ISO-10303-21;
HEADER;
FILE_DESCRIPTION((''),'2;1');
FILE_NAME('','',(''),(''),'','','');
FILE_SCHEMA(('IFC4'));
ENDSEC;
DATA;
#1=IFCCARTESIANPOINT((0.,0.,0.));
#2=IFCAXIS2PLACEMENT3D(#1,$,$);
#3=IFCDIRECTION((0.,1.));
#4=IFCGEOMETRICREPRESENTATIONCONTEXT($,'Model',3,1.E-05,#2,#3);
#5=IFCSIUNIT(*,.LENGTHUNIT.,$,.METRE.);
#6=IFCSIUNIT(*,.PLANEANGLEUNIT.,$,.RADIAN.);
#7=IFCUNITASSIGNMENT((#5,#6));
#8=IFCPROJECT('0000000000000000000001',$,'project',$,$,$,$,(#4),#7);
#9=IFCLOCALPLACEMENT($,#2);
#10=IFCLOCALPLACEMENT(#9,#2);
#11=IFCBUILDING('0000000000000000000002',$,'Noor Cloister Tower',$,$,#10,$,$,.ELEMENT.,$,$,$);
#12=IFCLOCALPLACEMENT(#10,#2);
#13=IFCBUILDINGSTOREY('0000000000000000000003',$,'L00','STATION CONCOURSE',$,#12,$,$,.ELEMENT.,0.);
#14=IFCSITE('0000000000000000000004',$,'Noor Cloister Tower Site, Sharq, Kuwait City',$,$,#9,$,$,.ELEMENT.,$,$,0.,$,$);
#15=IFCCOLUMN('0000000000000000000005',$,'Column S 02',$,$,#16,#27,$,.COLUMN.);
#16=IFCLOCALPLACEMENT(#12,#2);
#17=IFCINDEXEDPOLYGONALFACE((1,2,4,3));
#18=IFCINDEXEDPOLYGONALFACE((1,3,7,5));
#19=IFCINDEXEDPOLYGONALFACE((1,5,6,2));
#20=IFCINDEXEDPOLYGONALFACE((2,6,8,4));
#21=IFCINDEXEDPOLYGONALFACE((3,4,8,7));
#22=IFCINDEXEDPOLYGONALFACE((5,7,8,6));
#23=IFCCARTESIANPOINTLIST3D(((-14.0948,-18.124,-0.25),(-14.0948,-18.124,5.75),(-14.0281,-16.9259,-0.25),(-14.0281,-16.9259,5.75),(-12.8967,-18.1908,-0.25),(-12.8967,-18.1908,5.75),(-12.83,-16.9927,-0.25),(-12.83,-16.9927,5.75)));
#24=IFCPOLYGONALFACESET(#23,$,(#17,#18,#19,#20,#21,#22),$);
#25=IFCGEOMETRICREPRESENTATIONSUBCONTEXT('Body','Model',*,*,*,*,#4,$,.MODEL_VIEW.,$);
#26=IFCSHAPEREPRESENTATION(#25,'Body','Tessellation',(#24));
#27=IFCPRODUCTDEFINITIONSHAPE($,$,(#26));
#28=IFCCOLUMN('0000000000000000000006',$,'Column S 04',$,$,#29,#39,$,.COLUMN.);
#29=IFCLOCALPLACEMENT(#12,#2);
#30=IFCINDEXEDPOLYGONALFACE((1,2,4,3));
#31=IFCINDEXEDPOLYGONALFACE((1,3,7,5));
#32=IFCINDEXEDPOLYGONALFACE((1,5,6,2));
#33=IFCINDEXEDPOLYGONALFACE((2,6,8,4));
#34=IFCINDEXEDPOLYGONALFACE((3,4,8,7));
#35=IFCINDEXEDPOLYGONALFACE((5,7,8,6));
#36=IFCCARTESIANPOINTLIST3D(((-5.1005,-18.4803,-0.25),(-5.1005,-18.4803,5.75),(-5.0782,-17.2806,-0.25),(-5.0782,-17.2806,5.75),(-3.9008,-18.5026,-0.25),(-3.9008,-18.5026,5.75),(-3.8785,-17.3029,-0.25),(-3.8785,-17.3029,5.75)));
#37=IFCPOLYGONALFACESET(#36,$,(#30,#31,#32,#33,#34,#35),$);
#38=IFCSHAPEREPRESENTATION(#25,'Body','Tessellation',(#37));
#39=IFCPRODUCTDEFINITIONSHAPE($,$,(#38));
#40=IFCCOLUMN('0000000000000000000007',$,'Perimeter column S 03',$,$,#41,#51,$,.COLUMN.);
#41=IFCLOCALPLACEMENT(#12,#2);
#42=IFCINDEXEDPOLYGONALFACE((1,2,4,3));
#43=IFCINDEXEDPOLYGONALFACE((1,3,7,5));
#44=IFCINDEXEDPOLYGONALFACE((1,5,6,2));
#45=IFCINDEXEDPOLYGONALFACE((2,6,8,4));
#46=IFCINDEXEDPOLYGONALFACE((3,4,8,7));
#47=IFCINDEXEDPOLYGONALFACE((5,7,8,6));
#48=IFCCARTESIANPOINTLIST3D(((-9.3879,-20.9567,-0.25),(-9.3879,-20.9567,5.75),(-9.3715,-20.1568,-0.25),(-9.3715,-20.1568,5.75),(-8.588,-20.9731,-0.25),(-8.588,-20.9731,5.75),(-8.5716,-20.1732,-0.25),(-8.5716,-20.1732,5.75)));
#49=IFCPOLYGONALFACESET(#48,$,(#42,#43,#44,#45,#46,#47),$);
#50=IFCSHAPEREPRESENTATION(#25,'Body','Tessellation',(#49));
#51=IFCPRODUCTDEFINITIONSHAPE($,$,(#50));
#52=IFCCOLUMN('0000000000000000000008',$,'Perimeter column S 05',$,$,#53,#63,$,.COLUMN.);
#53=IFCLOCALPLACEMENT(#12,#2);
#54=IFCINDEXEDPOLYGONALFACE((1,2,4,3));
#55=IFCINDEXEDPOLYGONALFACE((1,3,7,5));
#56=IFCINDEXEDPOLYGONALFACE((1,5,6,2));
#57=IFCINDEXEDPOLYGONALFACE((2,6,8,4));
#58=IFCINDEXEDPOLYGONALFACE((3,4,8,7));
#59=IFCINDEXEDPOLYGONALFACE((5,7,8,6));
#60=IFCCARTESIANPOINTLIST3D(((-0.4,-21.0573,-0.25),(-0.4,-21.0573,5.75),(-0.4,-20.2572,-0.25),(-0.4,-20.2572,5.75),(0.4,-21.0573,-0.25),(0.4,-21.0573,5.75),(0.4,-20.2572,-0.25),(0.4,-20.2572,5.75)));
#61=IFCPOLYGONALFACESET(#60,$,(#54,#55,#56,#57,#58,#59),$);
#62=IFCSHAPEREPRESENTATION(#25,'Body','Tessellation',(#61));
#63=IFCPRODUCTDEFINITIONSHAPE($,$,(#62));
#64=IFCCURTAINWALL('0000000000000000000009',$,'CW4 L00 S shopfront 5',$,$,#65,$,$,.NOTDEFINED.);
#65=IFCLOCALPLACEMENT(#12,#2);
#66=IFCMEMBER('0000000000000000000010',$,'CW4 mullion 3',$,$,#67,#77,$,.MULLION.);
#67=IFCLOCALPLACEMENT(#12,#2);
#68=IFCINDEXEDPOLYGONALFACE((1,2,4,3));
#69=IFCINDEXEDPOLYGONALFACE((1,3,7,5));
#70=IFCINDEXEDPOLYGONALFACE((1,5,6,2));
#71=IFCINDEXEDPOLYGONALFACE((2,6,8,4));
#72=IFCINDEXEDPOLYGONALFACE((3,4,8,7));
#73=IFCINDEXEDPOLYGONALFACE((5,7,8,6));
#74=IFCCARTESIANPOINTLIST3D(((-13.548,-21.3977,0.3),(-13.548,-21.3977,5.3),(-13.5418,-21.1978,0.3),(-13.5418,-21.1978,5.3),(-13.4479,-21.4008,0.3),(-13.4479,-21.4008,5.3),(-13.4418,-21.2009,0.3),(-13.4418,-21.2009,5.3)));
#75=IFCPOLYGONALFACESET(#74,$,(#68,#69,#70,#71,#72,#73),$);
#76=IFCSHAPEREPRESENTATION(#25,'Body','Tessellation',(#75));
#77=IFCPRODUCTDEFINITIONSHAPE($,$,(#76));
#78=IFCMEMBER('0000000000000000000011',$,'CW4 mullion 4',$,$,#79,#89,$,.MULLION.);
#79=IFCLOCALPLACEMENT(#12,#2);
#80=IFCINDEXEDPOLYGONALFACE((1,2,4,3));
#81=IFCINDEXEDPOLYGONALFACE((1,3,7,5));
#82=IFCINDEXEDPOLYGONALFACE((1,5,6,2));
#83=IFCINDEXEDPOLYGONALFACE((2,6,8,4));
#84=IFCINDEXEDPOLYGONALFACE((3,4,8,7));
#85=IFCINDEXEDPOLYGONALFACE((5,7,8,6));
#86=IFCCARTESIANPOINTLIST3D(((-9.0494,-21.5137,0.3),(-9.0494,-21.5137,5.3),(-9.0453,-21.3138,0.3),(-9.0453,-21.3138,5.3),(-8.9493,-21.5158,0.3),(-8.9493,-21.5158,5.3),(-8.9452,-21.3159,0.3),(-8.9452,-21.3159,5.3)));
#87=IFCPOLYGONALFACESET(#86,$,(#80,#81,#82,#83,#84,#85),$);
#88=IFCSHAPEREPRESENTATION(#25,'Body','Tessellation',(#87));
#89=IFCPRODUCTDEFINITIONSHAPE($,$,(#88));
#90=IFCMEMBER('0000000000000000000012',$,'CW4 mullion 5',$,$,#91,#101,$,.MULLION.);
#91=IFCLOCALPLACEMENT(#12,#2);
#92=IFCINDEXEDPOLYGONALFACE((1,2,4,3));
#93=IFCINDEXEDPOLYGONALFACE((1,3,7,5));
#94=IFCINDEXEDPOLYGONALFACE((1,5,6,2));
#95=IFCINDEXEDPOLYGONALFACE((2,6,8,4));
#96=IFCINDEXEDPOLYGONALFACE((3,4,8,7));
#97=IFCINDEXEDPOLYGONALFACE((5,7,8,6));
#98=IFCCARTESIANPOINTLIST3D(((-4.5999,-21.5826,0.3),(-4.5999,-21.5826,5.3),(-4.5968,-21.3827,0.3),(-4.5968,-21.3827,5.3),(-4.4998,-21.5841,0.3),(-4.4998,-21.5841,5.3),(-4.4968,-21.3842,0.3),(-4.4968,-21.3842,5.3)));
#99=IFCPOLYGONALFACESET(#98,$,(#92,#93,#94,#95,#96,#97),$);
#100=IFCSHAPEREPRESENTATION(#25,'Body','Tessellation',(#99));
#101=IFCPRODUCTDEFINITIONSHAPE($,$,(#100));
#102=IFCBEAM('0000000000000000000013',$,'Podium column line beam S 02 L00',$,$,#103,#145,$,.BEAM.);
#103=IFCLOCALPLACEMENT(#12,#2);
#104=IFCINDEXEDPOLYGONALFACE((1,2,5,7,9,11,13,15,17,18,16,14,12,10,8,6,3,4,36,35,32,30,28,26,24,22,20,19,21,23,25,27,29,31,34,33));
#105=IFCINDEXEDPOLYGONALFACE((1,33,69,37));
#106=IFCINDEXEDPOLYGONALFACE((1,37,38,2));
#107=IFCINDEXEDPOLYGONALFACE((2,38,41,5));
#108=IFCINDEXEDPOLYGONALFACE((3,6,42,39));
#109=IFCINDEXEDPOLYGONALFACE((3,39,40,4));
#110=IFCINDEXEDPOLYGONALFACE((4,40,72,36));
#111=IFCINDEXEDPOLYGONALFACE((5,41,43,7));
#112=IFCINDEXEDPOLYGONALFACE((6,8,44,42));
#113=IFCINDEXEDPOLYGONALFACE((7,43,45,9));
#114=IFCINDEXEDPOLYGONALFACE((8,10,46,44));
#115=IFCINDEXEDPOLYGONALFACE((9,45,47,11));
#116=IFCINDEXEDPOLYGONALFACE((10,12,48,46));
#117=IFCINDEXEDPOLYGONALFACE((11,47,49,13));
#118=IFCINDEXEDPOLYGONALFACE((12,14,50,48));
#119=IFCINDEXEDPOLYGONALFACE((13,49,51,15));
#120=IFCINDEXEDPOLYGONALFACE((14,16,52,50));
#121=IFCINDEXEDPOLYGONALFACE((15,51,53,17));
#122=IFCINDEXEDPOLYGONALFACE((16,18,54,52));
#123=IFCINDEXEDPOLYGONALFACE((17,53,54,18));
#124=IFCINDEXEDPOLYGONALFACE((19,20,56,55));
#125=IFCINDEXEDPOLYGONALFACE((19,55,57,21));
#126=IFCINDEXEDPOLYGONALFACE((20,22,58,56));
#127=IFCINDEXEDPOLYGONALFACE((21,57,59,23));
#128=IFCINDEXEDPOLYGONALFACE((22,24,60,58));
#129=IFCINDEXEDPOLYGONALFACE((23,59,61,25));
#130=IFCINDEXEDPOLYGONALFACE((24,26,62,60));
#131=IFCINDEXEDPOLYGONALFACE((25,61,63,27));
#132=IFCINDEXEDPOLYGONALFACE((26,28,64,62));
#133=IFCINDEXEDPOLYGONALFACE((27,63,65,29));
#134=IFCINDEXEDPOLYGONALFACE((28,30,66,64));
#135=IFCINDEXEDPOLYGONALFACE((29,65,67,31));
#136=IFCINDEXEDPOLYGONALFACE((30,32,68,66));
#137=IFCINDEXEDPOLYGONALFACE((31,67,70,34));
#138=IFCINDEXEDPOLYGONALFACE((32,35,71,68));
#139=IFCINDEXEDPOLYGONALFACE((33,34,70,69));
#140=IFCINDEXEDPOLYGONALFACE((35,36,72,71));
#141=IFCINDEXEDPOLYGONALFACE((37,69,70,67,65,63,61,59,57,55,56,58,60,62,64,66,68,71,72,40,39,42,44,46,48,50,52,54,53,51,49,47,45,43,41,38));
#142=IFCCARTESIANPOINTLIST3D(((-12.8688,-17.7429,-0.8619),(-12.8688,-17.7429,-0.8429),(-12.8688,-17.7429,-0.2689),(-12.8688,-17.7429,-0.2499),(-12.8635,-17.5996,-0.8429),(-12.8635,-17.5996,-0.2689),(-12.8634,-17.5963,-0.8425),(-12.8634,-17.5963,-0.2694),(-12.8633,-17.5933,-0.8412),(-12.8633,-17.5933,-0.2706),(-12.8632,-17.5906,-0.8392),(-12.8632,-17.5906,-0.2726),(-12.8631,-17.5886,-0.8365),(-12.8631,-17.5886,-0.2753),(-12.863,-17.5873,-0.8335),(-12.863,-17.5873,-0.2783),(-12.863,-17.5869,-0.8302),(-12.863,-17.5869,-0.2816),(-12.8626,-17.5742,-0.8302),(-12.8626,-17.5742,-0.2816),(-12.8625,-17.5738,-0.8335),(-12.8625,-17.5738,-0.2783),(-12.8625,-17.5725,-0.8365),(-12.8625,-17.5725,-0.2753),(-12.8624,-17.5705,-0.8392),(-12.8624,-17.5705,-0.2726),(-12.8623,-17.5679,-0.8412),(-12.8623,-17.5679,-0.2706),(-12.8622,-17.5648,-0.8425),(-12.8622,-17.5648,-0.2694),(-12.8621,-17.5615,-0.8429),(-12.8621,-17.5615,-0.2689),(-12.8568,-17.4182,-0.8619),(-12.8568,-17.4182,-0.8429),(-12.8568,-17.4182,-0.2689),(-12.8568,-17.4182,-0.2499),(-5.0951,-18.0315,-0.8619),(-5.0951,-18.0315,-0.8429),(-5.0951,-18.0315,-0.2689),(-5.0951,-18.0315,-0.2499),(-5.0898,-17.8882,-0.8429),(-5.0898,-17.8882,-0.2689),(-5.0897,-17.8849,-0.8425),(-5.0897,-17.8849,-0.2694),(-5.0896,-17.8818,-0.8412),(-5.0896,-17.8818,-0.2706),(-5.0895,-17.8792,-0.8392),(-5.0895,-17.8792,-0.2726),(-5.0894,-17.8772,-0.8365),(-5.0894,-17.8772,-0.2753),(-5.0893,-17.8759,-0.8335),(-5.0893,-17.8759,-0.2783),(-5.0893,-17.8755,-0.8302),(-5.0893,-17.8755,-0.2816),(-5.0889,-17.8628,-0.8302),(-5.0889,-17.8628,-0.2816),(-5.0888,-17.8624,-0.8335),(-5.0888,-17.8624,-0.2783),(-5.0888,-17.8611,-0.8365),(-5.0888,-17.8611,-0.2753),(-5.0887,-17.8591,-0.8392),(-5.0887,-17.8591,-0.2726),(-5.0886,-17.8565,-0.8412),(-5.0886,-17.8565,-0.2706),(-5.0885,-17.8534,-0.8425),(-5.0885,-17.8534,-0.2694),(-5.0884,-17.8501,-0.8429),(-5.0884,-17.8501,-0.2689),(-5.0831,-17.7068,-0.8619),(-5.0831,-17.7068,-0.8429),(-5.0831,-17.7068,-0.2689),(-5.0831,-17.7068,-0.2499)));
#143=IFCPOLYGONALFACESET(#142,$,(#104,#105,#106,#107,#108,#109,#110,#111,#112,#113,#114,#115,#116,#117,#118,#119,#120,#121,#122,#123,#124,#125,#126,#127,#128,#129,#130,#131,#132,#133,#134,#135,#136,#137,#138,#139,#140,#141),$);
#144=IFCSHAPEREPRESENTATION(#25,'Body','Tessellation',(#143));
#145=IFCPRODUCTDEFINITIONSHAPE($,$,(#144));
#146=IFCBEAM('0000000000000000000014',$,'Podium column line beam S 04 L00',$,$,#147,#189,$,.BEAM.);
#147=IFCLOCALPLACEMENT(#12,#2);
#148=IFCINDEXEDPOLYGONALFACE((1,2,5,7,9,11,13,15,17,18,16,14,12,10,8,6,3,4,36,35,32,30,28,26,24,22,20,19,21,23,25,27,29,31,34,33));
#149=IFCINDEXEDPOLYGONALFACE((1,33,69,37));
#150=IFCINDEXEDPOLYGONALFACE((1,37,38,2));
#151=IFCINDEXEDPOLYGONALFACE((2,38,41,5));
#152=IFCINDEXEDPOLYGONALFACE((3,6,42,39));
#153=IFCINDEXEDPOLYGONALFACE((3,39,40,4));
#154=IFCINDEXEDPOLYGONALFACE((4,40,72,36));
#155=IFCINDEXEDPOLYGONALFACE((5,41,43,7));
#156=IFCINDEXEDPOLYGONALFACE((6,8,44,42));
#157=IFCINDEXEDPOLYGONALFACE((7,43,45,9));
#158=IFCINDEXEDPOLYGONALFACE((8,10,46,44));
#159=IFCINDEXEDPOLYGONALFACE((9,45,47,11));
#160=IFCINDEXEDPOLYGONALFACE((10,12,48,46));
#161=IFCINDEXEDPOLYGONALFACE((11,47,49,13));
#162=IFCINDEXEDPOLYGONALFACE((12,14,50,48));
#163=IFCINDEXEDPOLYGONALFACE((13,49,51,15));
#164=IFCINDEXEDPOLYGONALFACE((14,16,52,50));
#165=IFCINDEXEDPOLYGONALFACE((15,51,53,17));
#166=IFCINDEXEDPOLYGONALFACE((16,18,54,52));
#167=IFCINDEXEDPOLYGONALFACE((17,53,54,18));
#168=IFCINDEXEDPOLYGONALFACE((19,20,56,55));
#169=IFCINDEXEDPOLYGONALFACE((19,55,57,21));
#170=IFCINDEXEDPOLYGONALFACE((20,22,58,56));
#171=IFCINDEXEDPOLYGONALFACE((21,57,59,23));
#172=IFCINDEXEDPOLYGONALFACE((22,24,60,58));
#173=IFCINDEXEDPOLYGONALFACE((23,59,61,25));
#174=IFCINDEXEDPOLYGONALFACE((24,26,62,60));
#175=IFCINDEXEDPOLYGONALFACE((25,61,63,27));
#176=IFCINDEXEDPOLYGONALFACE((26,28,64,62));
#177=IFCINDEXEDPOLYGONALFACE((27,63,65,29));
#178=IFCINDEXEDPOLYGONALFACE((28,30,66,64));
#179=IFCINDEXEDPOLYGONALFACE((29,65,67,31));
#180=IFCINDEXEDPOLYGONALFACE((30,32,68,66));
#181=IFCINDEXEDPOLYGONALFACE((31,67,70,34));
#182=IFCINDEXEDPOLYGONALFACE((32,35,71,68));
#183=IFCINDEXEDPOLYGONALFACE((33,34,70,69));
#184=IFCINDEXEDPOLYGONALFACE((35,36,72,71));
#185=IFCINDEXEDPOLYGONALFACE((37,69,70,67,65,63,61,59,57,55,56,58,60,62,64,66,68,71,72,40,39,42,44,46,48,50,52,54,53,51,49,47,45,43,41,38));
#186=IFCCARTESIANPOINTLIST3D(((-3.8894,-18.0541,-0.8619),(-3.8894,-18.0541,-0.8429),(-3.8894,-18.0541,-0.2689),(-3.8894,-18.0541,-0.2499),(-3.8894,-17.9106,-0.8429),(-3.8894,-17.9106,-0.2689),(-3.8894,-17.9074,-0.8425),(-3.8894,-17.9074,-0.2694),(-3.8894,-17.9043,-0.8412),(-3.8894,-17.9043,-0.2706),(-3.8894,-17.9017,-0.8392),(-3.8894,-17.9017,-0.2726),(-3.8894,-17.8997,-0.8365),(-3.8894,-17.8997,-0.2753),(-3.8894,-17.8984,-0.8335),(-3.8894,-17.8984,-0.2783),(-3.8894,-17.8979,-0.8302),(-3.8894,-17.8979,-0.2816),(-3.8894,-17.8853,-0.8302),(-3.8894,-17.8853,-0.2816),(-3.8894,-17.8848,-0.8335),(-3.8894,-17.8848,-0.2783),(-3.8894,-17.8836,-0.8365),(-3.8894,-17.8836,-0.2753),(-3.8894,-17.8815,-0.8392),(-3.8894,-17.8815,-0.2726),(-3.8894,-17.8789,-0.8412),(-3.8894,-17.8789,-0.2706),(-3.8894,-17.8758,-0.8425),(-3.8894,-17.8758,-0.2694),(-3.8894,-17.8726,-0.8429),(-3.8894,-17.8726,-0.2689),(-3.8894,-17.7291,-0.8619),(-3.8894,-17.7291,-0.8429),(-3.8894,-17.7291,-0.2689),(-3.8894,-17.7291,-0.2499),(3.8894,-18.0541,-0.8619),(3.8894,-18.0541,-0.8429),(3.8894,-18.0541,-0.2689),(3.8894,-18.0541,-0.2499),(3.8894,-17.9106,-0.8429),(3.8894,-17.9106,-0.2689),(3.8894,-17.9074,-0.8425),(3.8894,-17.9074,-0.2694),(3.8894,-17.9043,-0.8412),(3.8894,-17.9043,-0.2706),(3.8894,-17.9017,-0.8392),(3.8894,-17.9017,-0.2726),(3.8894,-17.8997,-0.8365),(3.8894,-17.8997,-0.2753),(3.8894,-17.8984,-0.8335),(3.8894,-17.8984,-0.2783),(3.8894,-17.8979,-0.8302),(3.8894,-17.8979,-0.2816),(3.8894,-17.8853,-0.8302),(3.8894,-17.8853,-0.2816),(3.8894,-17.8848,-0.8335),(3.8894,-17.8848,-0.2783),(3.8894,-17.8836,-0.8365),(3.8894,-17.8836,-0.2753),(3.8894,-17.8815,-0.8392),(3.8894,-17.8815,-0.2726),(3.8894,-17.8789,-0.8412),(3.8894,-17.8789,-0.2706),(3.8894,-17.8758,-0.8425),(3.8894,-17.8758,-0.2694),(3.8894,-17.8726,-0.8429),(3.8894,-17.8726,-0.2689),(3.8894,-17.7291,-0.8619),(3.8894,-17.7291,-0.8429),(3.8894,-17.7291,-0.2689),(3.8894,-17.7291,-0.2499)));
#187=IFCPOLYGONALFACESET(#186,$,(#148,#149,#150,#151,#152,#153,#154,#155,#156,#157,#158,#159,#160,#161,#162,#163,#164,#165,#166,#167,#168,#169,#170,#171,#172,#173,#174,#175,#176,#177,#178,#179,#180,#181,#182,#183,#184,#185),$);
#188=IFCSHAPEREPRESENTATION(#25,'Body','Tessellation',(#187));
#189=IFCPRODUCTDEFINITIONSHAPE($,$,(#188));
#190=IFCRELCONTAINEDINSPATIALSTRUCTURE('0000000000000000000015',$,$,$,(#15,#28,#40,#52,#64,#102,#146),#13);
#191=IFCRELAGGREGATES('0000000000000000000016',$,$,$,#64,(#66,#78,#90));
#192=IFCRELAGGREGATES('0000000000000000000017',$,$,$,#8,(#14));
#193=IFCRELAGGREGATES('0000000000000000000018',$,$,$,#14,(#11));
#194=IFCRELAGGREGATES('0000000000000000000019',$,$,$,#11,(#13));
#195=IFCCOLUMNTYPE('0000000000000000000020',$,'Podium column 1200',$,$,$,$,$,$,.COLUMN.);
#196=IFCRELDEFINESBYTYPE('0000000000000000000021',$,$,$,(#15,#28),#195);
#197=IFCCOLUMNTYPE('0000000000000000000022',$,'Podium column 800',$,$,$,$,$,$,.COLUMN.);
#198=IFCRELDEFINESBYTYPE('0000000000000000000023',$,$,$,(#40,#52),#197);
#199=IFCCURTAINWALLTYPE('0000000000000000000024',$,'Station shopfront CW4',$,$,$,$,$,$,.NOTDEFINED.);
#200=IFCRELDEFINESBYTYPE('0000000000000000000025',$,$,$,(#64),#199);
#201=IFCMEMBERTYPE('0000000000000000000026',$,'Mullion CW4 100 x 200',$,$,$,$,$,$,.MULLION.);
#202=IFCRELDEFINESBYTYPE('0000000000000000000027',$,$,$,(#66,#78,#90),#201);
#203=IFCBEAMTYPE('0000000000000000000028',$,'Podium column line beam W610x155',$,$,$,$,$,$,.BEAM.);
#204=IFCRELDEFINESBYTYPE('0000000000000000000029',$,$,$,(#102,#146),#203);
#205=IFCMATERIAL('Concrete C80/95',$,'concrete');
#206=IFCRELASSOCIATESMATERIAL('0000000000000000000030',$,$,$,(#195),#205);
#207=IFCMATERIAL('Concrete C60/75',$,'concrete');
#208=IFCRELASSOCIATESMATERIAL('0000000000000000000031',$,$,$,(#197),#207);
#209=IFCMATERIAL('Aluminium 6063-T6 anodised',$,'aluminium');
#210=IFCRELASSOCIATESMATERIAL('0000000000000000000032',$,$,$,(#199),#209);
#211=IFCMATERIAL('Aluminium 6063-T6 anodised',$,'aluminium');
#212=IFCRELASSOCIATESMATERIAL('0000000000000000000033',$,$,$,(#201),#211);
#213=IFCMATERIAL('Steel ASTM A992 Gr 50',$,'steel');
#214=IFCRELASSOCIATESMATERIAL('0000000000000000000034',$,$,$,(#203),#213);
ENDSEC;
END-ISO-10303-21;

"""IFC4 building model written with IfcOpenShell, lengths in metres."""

from ifc_helpers import new_model, si_unit, direction, frame, origin, origin_2d, place, context, subcontext, project, spatial, rectangle, i_section, extrude, material, material_profile, profile_set, type_object, element, aggregate, save


model = new_model("IFC4")

# Units and contexts
model_context = context("Model", 3, precision=1e-05, world=origin(), true_north=direction((0.0, 1.0)))
body_context = subcontext(model_context, "Body", "Model", "MODEL_VIEW")
ifc_project = project(units=[si_unit("LENGTHUNIT", "METRE"), si_unit("PLANEANGLEUNIT", "RADIAN")], contexts=[model_context])

# Site, building, storey
site_placement = place(None, origin())
site = spatial("IfcSite", under=ifc_project, at=site_placement, Name="Noor Cloister Tower Site, Sharq, Kuwait City", CompositionType="ELEMENT", RefElevation=0.0)
building_placement = place(site_placement, origin())
building = spatial("IfcBuilding", under=site, at=building_placement, Name="Noor Cloister Tower", CompositionType="ELEMENT")
storey_placement = place(building_placement, origin())
storey = spatial("IfcBuildingStorey", under=building, at=storey_placement, Name="L00", Description="STATION CONCOURSE", CompositionType="ELEMENT", Elevation=0.0)

# Columns
ifc_material_1 = material(Name="Concrete C80/95", Category="concrete")
ifc_material_profile_1 = material_profile(ifc_material_1, rectangle(XDim=1.2, YDim=1.2, at=origin_2d()), Name="Podium column 1200")
ifc_profile_set_1 = profile_set([ifc_material_profile_1], Name="Concrete C80/95")
column_type_1 = type_object("IfcColumnType", Name="Podium column 1200", PredefinedType="COLUMN", material=ifc_profile_set_1)
for number, where, z_axis, x_axis, name in (
    (1, (-13.4624, -17.5583, -0.25), (0.0, 0.0, 1.0), (-0.055633, -0.998451, 0.0), "Column S 02"),
    (2, (-4.4895, -17.8916, -0.25), (0.0, 0.0, 1.0), (-0.018553, -0.999828, 0.0), "Column S 04"),
):
    element("IfcColumn", number, at=place(storey_placement, frame(where, z_axis=z_axis, x_axis=x_axis)), inside=storey, type_object=column_type_1, Name=name, PredefinedType="COLUMN", context=body_context, shape_type="SweptSolid", body=[
        extrude(rectangle(XDim=1.2, YDim=1.2, at=origin_2d()), origin(), (0.0, 0.0, 1.0), 6.0),
    ])
ifc_material_2 = material(Name="Concrete C60/75", Category="concrete")
ifc_material_profile_2 = material_profile(ifc_material_2, rectangle(XDim=0.8, YDim=0.8, at=origin_2d()), Name="Podium column 800")
ifc_profile_set_2 = profile_set([ifc_material_profile_2], Name="Concrete C60/75")
column_type_2 = type_object("IfcColumnType", Name="Podium column 800", PredefinedType="COLUMN", material=ifc_profile_set_2)
for number, where, z_axis, x_axis, name in (
    (3, (-8.9797, -20.5649, -0.25), (0.0, 0.0, 1.0), (-0.020537, -0.999789, 0.0), "Perimeter column S 03"),
    (4, (0.0, -20.6572, -0.25), (0.0, 0.0, 1.0), (0.0, -1.0, 0.0), "Perimeter column S 05"),
):
    element("IfcColumn", number, at=place(storey_placement, frame(where, z_axis=z_axis, x_axis=x_axis)), inside=storey, type_object=column_type_2, Name=name, PredefinedType="COLUMN", context=body_context, shape_type="SweptSolid", body=[
        extrude(rectangle(XDim=0.8, YDim=0.8, at=origin_2d()), origin(), (0.0, 0.0, 1.0), 6.0),
    ])

# Curtain wall, members
ifc_material_3 = material(Name="Aluminium 6063-T6 anodised", Category="aluminium")
curtain_wall_type = type_object("IfcCurtainWallType", Name="Station shopfront CW4", PredefinedType="NOTDEFINED", material=ifc_material_3)
curtain_wall_placement = place(storey_placement, origin())
curtain_wall = element("IfcCurtainWall", 5, at=curtain_wall_placement, inside=storey, type_object=curtain_wall_type, Name="CW4 L00 S shopfront 5", PredefinedType="NOTDEFINED")
ifc_material_4 = material(Name="Aluminium 6063-T6 anodised", Category="aluminium")
ifc_material_profile_3 = material_profile(ifc_material_4, rectangle(XDim=0.2, YDim=0.1001, at=origin_2d()), Name="200 x 100 mullion")
ifc_profile_set_3 = profile_set([ifc_material_profile_3], Name="Aluminium 6063-T6 anodised")
member_type = type_object("IfcMemberType", Name="Mullion CW4 100 x 200", PredefinedType="MULLION", material=ifc_profile_set_3)
member_1_placement = place(storey_placement, frame((-13.4949, -21.2993, 0.3), z_axis=(0.0, 0.0, 1.0), x_axis=(0.030803, 0.999525, 0.0)))
member_1 = element("IfcMember", 6, at=member_1_placement, type_object=member_type, Name="CW4 mullion 3", PredefinedType="MULLION", context=body_context, shape_type="SweptSolid", body=[
    extrude(rectangle(XDim=0.2, YDim=0.1001, at=origin_2d()), origin(), (0.0, 0.0, 1.0), 5.0),
])
member_2_placement = place(storey_placement, frame((-8.9973, -21.4148, 0.3), z_axis=(0.0, 0.0, 1.0), x_axis=(0.020537, 0.999789, 0.0)))
member_2 = element("IfcMember", 7, at=member_2_placement, type_object=member_type, Name="CW4 mullion 4", PredefinedType="MULLION", context=body_context, shape_type="SweptSolid", body=[
    extrude(rectangle(XDim=0.2, YDim=0.1001, at=origin_2d()), origin(), (0.0, 0.0, 1.0), 5.0),
])
member_3_placement = place(storey_placement, frame((-4.5483, -21.4834, 0.3), z_axis=(0.0, 0.0, 1.0), x_axis=(0.015403, 0.999881, 0.0)))
member_3 = element("IfcMember", 8, at=member_3_placement, type_object=member_type, Name="CW4 mullion 5", PredefinedType="MULLION", context=body_context, shape_type="SweptSolid", body=[
    extrude(rectangle(XDim=0.2, YDim=0.1001, at=origin_2d()), origin(), (0.0, 0.0, 1.0), 5.0),
])

# Beams
ifc_material_5 = material(Name="Steel ASTM A992 Gr 50", Category="steel")
ifc_material_profile_4 = material_profile(ifc_material_5, i_section(OverallWidth=0.325, OverallDepth=0.6121, WebThickness=0.0127, FlangeThickness=0.019, FilletRadius=0.0127, at=origin_2d()), Name="W610x155")
ifc_profile_set_4 = profile_set([ifc_material_profile_4], Name="Steel ASTM A992 Gr 50")
beam_type_1 = type_object("IfcBeamType", Name="Podium column line beam W610x155", PredefinedType="BEAM", material=ifc_profile_set_4)
beam_1_placement = place(storey_placement, frame((-12.8628, -17.5806, -0.5559), z_axis=(0.999312, -0.037096, 0.0), x_axis=(0.037096, 0.999312, 0.0)))
element("IfcBeam", 9, at=beam_1_placement, inside=storey, type_object=beam_type_1, Name="Podium column line beam S 02 L00", PredefinedType="BEAM", context=body_context, shape_type="SweptSolid", body=[
    extrude(i_section(OverallWidth=0.325, OverallDepth=0.6121, WebThickness=0.0127, FlangeThickness=0.019, FilletRadius=0.0127, at=origin_2d()), origin(), (0.0, 0.0, 1.0), 7.7791),
])
beam_2_placement = place(storey_placement, frame((-3.8894, -17.8916, -0.5559), z_axis=(1.0, 0.0, 0.0), x_axis=(0.0, 1.0, 0.0)))
element("IfcBeam", 10, at=beam_2_placement, inside=storey, type_object=beam_type_1, Name="Podium column line beam S 04 L00", PredefinedType="BEAM", context=body_context, shape_type="SweptSolid", body=[
    extrude(i_section(OverallWidth=0.325, OverallDepth=0.6121, WebThickness=0.0127, FlangeThickness=0.019, FilletRadius=0.0127, at=origin_2d()), origin(), (0.0, 0.0, 1.0), 7.7788),
])

aggregate(curtain_wall, [member_1, member_2, member_3])

save(model, "model.ifc")
